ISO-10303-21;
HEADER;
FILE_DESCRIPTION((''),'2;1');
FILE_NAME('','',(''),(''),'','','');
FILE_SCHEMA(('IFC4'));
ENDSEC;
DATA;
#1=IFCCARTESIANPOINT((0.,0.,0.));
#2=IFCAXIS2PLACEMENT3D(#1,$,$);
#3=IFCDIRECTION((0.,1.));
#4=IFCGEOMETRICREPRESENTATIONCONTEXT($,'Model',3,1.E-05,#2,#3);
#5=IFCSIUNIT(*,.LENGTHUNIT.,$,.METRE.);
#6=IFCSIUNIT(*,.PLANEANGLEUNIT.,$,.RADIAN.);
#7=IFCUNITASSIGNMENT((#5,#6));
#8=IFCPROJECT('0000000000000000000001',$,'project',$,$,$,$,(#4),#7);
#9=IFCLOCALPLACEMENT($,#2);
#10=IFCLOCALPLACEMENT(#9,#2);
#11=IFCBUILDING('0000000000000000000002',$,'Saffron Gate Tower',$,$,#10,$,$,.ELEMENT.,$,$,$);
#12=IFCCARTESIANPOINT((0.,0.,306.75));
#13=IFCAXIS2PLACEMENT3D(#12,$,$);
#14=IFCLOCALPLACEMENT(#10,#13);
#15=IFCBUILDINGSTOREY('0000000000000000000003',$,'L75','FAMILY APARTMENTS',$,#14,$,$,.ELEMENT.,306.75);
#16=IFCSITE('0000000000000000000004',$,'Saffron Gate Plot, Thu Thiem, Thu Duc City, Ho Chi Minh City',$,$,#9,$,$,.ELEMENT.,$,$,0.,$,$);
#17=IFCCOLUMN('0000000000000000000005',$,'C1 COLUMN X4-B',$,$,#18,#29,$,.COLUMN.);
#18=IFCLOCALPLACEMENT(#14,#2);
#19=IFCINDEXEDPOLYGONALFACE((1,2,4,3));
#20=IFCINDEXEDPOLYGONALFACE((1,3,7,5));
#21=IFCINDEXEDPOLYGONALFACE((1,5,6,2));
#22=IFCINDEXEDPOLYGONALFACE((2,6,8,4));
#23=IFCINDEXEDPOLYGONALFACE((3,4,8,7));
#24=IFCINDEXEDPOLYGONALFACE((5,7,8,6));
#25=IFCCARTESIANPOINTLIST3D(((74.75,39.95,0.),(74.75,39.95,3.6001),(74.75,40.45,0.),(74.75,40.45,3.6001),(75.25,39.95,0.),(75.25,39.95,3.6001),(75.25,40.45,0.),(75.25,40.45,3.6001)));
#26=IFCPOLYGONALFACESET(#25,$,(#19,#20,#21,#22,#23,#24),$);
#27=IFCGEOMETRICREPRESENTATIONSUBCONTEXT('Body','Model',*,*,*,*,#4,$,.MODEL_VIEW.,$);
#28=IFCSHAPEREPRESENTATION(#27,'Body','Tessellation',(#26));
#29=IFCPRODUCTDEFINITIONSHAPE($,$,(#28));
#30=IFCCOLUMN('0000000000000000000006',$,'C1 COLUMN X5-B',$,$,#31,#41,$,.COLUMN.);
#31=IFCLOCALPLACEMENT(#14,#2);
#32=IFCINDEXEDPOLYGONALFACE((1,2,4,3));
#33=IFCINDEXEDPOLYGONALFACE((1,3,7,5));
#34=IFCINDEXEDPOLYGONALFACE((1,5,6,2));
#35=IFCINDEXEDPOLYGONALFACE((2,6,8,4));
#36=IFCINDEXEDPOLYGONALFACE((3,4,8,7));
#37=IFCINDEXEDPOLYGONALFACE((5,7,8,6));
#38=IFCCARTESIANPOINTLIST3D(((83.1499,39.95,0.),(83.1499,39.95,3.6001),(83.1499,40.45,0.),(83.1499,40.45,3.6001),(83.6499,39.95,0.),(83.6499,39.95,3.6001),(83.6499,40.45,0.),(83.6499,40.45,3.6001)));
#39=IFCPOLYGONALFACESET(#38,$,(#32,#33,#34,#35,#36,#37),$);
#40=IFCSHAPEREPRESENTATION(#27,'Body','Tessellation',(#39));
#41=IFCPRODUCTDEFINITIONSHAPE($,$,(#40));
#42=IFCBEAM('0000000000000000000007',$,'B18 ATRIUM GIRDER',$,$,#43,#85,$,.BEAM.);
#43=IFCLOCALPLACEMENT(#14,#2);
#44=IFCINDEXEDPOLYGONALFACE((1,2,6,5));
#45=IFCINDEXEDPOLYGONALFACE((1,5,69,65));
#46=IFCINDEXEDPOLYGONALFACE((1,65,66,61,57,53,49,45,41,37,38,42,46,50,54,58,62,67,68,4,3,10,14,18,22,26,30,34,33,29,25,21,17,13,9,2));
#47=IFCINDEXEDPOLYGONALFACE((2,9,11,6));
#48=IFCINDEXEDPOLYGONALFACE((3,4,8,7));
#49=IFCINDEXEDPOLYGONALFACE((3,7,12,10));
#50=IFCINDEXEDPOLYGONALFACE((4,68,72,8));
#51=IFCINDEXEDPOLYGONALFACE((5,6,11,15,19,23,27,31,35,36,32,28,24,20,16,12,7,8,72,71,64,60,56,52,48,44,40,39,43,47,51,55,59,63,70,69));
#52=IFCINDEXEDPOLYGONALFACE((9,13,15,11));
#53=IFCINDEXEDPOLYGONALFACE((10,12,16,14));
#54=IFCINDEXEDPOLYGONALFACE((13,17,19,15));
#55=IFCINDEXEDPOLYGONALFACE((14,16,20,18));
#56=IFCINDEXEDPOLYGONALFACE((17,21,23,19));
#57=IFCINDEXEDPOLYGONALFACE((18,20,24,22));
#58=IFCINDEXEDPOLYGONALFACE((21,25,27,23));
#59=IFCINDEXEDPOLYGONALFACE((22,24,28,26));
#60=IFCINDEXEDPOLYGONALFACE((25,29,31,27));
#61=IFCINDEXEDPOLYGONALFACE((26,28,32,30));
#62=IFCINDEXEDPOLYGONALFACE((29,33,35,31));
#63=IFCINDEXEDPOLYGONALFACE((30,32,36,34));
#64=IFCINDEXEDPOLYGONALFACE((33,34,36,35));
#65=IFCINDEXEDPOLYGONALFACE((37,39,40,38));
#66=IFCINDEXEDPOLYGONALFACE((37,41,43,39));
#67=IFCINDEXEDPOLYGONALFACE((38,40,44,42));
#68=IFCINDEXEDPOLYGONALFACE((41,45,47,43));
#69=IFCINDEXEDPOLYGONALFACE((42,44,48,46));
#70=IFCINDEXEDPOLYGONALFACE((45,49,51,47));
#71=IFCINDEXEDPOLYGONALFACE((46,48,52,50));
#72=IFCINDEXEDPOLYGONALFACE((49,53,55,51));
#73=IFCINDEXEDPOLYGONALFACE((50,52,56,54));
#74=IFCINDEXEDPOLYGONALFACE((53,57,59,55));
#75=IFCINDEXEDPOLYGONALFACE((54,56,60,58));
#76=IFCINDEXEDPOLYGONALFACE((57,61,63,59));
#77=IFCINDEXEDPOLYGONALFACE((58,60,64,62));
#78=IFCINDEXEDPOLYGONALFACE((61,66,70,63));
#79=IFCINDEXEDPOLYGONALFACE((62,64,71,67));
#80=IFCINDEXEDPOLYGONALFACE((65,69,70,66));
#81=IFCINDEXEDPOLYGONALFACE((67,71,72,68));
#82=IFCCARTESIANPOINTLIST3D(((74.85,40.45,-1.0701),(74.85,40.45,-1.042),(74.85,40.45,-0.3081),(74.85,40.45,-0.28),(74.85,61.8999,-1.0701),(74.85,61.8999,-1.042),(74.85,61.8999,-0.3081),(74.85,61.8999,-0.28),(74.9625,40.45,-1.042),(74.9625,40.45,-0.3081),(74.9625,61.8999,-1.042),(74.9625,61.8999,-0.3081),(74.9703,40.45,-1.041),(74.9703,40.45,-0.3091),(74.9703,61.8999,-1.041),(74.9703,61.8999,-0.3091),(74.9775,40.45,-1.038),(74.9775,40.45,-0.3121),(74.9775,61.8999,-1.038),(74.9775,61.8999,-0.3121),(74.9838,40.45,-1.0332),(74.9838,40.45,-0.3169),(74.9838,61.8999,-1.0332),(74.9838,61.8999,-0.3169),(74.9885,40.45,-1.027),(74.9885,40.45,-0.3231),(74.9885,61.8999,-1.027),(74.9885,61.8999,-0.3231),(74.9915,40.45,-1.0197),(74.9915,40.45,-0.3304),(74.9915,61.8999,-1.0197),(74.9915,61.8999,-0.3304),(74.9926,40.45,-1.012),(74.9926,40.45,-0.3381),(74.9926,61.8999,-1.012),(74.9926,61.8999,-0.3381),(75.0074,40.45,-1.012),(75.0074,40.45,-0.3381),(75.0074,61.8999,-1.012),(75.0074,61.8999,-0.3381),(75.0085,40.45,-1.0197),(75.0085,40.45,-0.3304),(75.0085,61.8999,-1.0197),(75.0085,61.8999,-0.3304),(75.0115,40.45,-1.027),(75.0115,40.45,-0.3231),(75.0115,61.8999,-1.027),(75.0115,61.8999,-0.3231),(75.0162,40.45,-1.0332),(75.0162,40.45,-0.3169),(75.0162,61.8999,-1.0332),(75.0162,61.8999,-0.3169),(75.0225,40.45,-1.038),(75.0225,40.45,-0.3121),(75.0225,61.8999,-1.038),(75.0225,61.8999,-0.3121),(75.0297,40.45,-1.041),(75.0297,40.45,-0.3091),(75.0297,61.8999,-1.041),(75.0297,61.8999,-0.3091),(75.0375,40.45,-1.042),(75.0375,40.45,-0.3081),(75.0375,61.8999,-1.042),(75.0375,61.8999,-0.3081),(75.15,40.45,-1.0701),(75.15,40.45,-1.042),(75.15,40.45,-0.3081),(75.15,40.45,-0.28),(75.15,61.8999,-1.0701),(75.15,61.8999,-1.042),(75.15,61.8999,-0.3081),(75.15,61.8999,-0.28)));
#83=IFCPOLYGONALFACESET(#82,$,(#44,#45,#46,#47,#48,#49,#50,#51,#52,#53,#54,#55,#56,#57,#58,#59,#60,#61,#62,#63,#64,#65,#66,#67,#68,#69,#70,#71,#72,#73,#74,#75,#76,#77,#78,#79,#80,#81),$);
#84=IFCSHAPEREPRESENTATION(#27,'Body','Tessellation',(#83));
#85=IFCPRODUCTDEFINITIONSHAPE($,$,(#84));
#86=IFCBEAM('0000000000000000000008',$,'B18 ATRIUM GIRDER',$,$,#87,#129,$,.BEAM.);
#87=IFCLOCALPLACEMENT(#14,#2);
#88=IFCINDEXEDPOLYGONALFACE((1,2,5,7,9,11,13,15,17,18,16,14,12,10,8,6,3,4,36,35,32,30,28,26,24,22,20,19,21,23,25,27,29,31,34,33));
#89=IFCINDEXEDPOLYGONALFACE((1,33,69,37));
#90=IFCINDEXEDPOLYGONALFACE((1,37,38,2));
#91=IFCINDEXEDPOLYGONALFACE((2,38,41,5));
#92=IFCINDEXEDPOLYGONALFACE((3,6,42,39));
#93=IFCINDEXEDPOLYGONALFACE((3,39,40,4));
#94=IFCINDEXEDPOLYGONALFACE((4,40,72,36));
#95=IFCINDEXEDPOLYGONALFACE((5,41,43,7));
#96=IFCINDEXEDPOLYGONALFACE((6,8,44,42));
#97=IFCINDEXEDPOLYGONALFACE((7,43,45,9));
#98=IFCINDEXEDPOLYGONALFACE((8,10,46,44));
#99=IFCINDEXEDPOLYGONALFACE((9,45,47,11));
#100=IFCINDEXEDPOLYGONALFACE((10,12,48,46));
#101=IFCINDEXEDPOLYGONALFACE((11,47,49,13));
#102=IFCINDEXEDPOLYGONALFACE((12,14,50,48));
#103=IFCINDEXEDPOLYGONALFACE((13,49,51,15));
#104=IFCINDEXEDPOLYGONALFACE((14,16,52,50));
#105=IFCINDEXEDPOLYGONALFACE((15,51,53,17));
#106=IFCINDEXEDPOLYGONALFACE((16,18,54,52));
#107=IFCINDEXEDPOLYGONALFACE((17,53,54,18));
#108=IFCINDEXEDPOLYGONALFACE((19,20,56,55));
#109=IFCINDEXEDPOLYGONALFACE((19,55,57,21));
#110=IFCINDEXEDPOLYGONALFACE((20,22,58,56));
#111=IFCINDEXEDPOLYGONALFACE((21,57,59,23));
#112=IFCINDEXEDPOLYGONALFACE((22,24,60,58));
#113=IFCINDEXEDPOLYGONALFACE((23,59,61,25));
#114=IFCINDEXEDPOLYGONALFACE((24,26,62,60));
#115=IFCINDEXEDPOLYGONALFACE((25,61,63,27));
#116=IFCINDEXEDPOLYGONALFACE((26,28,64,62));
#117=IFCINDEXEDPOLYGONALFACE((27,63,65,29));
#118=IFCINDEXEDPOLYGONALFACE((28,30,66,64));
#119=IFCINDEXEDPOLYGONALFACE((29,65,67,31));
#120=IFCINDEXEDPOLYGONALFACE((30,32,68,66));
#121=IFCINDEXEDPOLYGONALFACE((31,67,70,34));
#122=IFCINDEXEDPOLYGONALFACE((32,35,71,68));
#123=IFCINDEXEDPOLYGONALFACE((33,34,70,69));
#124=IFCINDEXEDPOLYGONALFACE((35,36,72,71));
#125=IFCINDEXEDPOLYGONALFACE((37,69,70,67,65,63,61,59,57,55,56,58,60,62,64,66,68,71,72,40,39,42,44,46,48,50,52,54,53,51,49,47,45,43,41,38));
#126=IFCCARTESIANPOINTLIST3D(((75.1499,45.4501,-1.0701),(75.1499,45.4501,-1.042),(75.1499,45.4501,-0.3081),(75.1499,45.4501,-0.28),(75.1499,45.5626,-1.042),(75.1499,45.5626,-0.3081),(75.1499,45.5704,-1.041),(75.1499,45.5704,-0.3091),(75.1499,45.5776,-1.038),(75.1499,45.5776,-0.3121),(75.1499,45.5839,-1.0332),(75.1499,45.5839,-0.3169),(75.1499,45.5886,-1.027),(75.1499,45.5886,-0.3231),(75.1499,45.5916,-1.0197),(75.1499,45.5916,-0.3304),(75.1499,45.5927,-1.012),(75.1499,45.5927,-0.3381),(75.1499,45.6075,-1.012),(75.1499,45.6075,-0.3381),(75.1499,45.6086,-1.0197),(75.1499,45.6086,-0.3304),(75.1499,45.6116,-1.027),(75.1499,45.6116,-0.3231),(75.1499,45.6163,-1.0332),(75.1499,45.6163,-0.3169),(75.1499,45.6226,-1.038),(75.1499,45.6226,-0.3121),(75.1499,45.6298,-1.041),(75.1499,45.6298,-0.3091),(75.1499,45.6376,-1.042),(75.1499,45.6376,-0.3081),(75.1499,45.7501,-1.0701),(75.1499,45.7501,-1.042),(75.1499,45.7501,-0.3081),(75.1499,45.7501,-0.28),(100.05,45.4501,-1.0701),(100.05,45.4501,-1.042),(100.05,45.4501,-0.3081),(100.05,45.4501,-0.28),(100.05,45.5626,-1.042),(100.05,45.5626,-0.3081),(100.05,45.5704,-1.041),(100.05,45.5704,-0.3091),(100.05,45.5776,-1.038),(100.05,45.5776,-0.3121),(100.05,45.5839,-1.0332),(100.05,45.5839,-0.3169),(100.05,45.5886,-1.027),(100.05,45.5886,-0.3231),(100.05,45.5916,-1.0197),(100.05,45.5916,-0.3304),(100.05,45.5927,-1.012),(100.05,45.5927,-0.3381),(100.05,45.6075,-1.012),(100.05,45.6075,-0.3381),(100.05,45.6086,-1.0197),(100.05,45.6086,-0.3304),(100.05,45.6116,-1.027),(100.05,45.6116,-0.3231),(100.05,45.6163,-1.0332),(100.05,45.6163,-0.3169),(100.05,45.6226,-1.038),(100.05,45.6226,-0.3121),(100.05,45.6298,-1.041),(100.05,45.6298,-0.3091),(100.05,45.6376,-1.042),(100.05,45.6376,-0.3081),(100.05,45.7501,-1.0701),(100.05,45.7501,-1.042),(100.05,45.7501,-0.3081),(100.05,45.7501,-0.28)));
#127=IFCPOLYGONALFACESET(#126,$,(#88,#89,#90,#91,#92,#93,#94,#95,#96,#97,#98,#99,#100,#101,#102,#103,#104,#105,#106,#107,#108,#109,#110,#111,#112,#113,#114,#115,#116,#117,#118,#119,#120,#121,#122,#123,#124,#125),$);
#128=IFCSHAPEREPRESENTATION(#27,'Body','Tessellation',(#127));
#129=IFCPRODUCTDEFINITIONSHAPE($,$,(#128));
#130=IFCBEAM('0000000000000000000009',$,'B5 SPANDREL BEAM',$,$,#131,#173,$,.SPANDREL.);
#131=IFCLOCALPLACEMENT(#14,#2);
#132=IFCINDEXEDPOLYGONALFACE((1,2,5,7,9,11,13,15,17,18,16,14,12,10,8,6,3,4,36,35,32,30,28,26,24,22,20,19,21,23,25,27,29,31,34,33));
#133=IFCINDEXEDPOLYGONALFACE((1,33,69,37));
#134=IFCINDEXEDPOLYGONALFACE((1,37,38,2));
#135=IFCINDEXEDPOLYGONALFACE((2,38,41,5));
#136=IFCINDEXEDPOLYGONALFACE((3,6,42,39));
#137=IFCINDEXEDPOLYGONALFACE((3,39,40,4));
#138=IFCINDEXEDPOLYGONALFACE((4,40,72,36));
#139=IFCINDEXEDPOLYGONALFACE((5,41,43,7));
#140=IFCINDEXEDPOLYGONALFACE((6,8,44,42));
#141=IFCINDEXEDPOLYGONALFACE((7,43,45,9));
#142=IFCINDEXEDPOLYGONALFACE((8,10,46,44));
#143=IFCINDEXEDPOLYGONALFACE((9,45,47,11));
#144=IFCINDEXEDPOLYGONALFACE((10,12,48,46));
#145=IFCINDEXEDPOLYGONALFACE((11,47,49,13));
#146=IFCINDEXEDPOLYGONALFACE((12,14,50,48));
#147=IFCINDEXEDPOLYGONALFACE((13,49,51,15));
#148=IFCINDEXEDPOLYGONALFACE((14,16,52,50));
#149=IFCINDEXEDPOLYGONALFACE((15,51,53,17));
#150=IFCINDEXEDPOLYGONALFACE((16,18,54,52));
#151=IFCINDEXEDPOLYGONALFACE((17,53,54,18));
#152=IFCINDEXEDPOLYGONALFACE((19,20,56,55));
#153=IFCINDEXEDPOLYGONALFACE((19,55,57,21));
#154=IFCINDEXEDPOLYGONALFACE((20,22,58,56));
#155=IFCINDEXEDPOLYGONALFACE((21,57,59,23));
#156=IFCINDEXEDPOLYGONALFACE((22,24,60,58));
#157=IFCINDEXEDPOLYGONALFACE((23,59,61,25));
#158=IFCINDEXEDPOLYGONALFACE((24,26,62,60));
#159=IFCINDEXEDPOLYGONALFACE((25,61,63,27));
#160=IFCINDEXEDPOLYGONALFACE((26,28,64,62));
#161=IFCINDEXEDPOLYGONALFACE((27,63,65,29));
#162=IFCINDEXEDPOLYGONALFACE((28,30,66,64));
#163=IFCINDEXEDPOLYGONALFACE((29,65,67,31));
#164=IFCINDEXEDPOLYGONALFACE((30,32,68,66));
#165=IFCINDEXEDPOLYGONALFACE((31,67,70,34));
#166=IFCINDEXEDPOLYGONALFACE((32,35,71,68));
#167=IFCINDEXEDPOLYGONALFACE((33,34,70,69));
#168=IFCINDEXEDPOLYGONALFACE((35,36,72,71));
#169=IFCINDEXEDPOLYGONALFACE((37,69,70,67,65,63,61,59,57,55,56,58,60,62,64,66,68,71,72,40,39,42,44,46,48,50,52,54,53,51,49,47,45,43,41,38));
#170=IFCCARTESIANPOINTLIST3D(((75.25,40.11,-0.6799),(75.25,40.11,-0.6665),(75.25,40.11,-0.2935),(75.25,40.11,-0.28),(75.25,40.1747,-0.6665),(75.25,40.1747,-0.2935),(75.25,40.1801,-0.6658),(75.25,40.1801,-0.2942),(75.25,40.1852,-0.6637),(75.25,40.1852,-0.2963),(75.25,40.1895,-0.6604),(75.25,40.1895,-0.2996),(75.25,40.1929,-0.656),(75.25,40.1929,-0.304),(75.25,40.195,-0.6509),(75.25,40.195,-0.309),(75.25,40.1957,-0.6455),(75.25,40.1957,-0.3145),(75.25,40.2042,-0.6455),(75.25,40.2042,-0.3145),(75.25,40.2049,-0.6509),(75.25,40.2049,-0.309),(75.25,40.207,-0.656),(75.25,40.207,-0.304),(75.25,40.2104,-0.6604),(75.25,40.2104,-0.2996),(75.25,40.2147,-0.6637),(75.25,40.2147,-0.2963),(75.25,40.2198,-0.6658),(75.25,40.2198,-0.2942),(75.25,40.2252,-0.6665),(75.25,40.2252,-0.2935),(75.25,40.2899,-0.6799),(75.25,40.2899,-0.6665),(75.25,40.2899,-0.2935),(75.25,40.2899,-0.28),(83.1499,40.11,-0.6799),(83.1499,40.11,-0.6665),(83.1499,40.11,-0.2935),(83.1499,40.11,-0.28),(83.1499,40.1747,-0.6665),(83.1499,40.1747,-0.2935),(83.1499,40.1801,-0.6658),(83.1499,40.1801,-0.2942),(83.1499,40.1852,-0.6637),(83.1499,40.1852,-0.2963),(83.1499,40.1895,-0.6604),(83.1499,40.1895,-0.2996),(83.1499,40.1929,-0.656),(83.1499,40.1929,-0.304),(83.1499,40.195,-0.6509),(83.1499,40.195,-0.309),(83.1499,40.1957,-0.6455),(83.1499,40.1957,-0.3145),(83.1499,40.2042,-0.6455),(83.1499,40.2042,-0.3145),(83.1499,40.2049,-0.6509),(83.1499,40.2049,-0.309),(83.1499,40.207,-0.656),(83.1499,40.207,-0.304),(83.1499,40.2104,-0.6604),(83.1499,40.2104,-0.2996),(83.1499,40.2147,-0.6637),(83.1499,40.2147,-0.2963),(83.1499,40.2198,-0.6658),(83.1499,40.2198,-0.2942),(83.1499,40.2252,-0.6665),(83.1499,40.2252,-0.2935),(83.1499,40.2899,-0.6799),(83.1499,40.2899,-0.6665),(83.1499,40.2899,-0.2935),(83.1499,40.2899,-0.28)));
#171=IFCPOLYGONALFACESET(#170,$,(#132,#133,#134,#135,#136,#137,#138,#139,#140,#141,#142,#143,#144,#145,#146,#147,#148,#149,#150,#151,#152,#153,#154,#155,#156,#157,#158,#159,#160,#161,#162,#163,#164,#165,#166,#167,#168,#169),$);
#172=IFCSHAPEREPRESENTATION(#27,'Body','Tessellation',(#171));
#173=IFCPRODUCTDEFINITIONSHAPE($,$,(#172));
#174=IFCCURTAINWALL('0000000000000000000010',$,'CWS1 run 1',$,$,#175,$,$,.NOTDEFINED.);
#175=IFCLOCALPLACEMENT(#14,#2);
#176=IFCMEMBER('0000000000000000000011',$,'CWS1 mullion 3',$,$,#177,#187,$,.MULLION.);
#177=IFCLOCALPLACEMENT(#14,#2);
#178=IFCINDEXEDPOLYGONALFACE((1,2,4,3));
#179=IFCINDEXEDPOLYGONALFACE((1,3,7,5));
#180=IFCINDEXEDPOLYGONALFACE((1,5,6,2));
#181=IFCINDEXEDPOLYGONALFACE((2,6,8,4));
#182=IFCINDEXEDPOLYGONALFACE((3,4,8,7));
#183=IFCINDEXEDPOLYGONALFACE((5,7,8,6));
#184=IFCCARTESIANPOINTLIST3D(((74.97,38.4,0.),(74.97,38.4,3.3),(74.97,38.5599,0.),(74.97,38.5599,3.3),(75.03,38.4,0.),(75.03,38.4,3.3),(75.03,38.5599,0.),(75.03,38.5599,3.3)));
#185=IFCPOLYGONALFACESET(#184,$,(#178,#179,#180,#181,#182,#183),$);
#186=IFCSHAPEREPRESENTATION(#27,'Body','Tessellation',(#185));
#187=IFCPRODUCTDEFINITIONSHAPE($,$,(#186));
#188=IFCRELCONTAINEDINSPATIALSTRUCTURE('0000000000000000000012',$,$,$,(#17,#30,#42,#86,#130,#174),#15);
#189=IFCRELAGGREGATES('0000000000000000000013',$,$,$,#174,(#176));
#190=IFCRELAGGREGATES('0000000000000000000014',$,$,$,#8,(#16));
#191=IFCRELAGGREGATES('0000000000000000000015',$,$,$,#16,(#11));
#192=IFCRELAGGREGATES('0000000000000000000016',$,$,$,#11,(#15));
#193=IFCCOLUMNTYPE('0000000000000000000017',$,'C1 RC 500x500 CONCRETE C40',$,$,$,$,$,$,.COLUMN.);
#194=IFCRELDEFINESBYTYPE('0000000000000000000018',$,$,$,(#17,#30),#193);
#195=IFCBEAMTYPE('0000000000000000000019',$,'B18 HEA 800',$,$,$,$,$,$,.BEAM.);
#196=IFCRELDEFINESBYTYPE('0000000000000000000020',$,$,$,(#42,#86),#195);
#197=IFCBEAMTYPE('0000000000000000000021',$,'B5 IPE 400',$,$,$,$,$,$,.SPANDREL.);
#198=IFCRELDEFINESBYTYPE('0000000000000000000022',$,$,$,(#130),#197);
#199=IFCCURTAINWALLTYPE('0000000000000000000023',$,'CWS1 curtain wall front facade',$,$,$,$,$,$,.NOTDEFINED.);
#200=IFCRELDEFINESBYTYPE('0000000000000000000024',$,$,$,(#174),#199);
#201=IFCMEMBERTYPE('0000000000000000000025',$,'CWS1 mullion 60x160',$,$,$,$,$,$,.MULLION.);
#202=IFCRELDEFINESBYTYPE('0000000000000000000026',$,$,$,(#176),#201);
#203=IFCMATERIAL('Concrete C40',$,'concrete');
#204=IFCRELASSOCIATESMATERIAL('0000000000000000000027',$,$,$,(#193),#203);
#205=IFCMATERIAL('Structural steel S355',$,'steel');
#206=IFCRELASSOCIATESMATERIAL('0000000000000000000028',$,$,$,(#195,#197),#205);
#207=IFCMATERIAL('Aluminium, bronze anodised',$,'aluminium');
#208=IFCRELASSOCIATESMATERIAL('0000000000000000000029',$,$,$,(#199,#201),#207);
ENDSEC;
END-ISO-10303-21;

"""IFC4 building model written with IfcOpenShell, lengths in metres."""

from ifc_helpers import new_model, si_unit, direction, frame, origin, origin_2d, place, context, subcontext, project, spatial, rectangle, i_section, extrude, material, material_profile, profile_set, type_object, element, aggregate, save


model = new_model("IFC4")

# Units and contexts
model_context = context("Model", 3, precision=1e-05, world=origin(), true_north=direction((0.0, 1.0)))
body_context = subcontext(model_context, "Body", "Model", "MODEL_VIEW")
ifc_project = project(units=[si_unit("LENGTHUNIT", "METRE"), si_unit("PLANEANGLEUNIT", "RADIAN")], contexts=[model_context])

# Site, building, storey
site_placement = place(None, origin())
site = spatial("IfcSite", under=ifc_project, at=site_placement, Name="Saffron Gate Plot, Thu Thiem, Thu Duc City, Ho Chi Minh City", CompositionType="ELEMENT", RefElevation=0.0)
building_placement = place(site_placement, origin())
building = spatial("IfcBuilding", under=site, at=building_placement, Name="Saffron Gate Tower", CompositionType="ELEMENT")
storey_placement = place(building_placement, frame((0.0, 0.0, 306.75)))
storey = spatial("IfcBuildingStorey", under=building, at=storey_placement, Name="L75", Description="FAMILY APARTMENTS", CompositionType="ELEMENT", Elevation=306.75)

# Columns
ifc_material_1 = material(Name="Concrete C40", Category="concrete")
ifc_material_profile_1 = material_profile(ifc_material_1, rectangle(XDim=0.5, YDim=0.5, at=origin_2d()))
ifc_profile_set_1 = profile_set([ifc_material_profile_1], Name="Concrete C40")
column_type = type_object("IfcColumnType", Name="C1 RC 500x500 CONCRETE C40", PredefinedType="COLUMN", material=ifc_profile_set_1)
for number, where, z_axis, x_axis, name in (
    (1, (75.0, 40.2, 0.0), (0.0, 0.0, 1.0), (1.0, 0.0, 0.0), "C1 COLUMN X4-B"),
    (2, (83.3999, 40.2, 0.0), (0.0, 0.0, 1.0), (1.0, 0.0, 0.0), "C1 COLUMN X5-B"),
):
    element("IfcColumn", number, at=place(storey_placement, frame(where, z_axis=z_axis, x_axis=x_axis)), inside=storey, type_object=column_type, Name=name, PredefinedType="COLUMN", context=body_context, shape_type="SweptSolid", body=[
        extrude(rectangle(XDim=0.5, YDim=0.5, at=origin_2d()), origin(), (0.0, 0.0, 1.0), 3.6001),
    ])

# Beams
ifc_material_2 = material(Name="Structural steel S355", Category="steel")
ifc_material_profile_2 = material_profile(ifc_material_2, i_section(OverallWidth=0.3, OverallDepth=0.79, WebThickness=0.0149, FlangeThickness=0.0281, FilletRadius=0.03, at=origin_2d()))
ifc_profile_set_2 = profile_set([ifc_material_profile_2], Name="Structural steel S355")
beam_type_1 = type_object("IfcBeamType", Name="B18 HEA 800", PredefinedType="BEAM", material=ifc_profile_set_2)
beam_1_placement = place(storey_placement, frame((75.0, 40.45, -0.675), z_axis=(0.0, 1.0, 0.0), x_axis=(-1.0, 0.0, 0.0)))
element("IfcBeam", 3, at=beam_1_placement, inside=storey, type_object=beam_type_1, Name="B18 ATRIUM GIRDER", PredefinedType="BEAM", context=body_context, shape_type="SweptSolid", body=[
    extrude(i_section(OverallWidth=0.3, OverallDepth=0.79, WebThickness=0.0149, FlangeThickness=0.0281, FilletRadius=0.03, at=origin_2d()), origin(), (0.0, 0.0, 1.0), 21.45),
])
beam_2_placement = place(storey_placement, frame((75.1499, 45.6001, -0.675), z_axis=(1.0, 0.0, 0.0), x_axis=(0.0, 1.0, 0.0)))
element("IfcBeam", 4, at=beam_2_placement, inside=storey, type_object=beam_type_1, Name="B18 ATRIUM GIRDER", PredefinedType="BEAM", context=body_context, shape_type="SweptSolid", body=[
    extrude(i_section(OverallWidth=0.3, OverallDepth=0.79, WebThickness=0.0149, FlangeThickness=0.0281, FilletRadius=0.03, at=origin_2d()), origin(), (0.0, 0.0, 1.0), 24.9001),
])
ifc_material_profile_3 = material_profile(ifc_material_2, i_section(OverallWidth=0.1799, OverallDepth=0.3999, WebThickness=0.0085, FlangeThickness=0.0134, FilletRadius=0.021, at=origin_2d()))
ifc_profile_set_3 = profile_set([ifc_material_profile_3], Name="Structural steel S355")
beam_type_2 = type_object("IfcBeamType", Name="B5 IPE 400", PredefinedType="SPANDREL", material=ifc_profile_set_3)
beam_3_placement = place(storey_placement, frame((75.25, 40.2, -0.48), z_axis=(1.0, 0.0, 0.0), x_axis=(0.0, 1.0, 0.0)))
element("IfcBeam", 5, at=beam_3_placement, inside=storey, type_object=beam_type_2, Name="B5 SPANDREL BEAM", PredefinedType="SPANDREL", context=body_context, shape_type="SweptSolid", body=[
    extrude(i_section(OverallWidth=0.1799, OverallDepth=0.3999, WebThickness=0.0085, FlangeThickness=0.0134, FilletRadius=0.021, at=origin_2d()), origin(), (0.0, 0.0, 1.0), 7.8999),
])

# Curtain wall, member
ifc_material_3 = material(Name="Aluminium, bronze anodised", Category="aluminium")
curtain_wall_type = type_object("IfcCurtainWallType", Name="CWS1 curtain wall front facade", PredefinedType="NOTDEFINED", material=ifc_material_3)
curtain_wall_placement = place(storey_placement, origin())
curtain_wall = element("IfcCurtainWall", 6, at=curtain_wall_placement, inside=storey, type_object=curtain_wall_type, Name="CWS1 run 1", PredefinedType="NOTDEFINED")
ifc_material_profile_4 = material_profile(ifc_material_3, rectangle(XDim=0.1599, YDim=0.0601, at=origin_2d()))
ifc_profile_set_4 = profile_set([ifc_material_profile_4], Name="Aluminium, bronze anodised")
member_type = type_object("IfcMemberType", Name="CWS1 mullion 60x160", PredefinedType="MULLION", material=ifc_profile_set_4)
member_placement = place(storey_placement, frame((75.0, 38.48, 0.0), z_axis=(0.0, 0.0, 1.0), x_axis=(0.0, 1.0, 0.0)))
member = element("IfcMember", 7, at=member_placement, type_object=member_type, Name="CWS1 mullion 3", PredefinedType="MULLION", context=body_context, shape_type="SweptSolid", body=[
    extrude(rectangle(XDim=0.1599, YDim=0.0601, at=origin_2d()), origin(), (0.0, 0.0, 1.0), 3.3),
])
aggregate(curtain_wall, [member])

save(model, "model.ifc")
